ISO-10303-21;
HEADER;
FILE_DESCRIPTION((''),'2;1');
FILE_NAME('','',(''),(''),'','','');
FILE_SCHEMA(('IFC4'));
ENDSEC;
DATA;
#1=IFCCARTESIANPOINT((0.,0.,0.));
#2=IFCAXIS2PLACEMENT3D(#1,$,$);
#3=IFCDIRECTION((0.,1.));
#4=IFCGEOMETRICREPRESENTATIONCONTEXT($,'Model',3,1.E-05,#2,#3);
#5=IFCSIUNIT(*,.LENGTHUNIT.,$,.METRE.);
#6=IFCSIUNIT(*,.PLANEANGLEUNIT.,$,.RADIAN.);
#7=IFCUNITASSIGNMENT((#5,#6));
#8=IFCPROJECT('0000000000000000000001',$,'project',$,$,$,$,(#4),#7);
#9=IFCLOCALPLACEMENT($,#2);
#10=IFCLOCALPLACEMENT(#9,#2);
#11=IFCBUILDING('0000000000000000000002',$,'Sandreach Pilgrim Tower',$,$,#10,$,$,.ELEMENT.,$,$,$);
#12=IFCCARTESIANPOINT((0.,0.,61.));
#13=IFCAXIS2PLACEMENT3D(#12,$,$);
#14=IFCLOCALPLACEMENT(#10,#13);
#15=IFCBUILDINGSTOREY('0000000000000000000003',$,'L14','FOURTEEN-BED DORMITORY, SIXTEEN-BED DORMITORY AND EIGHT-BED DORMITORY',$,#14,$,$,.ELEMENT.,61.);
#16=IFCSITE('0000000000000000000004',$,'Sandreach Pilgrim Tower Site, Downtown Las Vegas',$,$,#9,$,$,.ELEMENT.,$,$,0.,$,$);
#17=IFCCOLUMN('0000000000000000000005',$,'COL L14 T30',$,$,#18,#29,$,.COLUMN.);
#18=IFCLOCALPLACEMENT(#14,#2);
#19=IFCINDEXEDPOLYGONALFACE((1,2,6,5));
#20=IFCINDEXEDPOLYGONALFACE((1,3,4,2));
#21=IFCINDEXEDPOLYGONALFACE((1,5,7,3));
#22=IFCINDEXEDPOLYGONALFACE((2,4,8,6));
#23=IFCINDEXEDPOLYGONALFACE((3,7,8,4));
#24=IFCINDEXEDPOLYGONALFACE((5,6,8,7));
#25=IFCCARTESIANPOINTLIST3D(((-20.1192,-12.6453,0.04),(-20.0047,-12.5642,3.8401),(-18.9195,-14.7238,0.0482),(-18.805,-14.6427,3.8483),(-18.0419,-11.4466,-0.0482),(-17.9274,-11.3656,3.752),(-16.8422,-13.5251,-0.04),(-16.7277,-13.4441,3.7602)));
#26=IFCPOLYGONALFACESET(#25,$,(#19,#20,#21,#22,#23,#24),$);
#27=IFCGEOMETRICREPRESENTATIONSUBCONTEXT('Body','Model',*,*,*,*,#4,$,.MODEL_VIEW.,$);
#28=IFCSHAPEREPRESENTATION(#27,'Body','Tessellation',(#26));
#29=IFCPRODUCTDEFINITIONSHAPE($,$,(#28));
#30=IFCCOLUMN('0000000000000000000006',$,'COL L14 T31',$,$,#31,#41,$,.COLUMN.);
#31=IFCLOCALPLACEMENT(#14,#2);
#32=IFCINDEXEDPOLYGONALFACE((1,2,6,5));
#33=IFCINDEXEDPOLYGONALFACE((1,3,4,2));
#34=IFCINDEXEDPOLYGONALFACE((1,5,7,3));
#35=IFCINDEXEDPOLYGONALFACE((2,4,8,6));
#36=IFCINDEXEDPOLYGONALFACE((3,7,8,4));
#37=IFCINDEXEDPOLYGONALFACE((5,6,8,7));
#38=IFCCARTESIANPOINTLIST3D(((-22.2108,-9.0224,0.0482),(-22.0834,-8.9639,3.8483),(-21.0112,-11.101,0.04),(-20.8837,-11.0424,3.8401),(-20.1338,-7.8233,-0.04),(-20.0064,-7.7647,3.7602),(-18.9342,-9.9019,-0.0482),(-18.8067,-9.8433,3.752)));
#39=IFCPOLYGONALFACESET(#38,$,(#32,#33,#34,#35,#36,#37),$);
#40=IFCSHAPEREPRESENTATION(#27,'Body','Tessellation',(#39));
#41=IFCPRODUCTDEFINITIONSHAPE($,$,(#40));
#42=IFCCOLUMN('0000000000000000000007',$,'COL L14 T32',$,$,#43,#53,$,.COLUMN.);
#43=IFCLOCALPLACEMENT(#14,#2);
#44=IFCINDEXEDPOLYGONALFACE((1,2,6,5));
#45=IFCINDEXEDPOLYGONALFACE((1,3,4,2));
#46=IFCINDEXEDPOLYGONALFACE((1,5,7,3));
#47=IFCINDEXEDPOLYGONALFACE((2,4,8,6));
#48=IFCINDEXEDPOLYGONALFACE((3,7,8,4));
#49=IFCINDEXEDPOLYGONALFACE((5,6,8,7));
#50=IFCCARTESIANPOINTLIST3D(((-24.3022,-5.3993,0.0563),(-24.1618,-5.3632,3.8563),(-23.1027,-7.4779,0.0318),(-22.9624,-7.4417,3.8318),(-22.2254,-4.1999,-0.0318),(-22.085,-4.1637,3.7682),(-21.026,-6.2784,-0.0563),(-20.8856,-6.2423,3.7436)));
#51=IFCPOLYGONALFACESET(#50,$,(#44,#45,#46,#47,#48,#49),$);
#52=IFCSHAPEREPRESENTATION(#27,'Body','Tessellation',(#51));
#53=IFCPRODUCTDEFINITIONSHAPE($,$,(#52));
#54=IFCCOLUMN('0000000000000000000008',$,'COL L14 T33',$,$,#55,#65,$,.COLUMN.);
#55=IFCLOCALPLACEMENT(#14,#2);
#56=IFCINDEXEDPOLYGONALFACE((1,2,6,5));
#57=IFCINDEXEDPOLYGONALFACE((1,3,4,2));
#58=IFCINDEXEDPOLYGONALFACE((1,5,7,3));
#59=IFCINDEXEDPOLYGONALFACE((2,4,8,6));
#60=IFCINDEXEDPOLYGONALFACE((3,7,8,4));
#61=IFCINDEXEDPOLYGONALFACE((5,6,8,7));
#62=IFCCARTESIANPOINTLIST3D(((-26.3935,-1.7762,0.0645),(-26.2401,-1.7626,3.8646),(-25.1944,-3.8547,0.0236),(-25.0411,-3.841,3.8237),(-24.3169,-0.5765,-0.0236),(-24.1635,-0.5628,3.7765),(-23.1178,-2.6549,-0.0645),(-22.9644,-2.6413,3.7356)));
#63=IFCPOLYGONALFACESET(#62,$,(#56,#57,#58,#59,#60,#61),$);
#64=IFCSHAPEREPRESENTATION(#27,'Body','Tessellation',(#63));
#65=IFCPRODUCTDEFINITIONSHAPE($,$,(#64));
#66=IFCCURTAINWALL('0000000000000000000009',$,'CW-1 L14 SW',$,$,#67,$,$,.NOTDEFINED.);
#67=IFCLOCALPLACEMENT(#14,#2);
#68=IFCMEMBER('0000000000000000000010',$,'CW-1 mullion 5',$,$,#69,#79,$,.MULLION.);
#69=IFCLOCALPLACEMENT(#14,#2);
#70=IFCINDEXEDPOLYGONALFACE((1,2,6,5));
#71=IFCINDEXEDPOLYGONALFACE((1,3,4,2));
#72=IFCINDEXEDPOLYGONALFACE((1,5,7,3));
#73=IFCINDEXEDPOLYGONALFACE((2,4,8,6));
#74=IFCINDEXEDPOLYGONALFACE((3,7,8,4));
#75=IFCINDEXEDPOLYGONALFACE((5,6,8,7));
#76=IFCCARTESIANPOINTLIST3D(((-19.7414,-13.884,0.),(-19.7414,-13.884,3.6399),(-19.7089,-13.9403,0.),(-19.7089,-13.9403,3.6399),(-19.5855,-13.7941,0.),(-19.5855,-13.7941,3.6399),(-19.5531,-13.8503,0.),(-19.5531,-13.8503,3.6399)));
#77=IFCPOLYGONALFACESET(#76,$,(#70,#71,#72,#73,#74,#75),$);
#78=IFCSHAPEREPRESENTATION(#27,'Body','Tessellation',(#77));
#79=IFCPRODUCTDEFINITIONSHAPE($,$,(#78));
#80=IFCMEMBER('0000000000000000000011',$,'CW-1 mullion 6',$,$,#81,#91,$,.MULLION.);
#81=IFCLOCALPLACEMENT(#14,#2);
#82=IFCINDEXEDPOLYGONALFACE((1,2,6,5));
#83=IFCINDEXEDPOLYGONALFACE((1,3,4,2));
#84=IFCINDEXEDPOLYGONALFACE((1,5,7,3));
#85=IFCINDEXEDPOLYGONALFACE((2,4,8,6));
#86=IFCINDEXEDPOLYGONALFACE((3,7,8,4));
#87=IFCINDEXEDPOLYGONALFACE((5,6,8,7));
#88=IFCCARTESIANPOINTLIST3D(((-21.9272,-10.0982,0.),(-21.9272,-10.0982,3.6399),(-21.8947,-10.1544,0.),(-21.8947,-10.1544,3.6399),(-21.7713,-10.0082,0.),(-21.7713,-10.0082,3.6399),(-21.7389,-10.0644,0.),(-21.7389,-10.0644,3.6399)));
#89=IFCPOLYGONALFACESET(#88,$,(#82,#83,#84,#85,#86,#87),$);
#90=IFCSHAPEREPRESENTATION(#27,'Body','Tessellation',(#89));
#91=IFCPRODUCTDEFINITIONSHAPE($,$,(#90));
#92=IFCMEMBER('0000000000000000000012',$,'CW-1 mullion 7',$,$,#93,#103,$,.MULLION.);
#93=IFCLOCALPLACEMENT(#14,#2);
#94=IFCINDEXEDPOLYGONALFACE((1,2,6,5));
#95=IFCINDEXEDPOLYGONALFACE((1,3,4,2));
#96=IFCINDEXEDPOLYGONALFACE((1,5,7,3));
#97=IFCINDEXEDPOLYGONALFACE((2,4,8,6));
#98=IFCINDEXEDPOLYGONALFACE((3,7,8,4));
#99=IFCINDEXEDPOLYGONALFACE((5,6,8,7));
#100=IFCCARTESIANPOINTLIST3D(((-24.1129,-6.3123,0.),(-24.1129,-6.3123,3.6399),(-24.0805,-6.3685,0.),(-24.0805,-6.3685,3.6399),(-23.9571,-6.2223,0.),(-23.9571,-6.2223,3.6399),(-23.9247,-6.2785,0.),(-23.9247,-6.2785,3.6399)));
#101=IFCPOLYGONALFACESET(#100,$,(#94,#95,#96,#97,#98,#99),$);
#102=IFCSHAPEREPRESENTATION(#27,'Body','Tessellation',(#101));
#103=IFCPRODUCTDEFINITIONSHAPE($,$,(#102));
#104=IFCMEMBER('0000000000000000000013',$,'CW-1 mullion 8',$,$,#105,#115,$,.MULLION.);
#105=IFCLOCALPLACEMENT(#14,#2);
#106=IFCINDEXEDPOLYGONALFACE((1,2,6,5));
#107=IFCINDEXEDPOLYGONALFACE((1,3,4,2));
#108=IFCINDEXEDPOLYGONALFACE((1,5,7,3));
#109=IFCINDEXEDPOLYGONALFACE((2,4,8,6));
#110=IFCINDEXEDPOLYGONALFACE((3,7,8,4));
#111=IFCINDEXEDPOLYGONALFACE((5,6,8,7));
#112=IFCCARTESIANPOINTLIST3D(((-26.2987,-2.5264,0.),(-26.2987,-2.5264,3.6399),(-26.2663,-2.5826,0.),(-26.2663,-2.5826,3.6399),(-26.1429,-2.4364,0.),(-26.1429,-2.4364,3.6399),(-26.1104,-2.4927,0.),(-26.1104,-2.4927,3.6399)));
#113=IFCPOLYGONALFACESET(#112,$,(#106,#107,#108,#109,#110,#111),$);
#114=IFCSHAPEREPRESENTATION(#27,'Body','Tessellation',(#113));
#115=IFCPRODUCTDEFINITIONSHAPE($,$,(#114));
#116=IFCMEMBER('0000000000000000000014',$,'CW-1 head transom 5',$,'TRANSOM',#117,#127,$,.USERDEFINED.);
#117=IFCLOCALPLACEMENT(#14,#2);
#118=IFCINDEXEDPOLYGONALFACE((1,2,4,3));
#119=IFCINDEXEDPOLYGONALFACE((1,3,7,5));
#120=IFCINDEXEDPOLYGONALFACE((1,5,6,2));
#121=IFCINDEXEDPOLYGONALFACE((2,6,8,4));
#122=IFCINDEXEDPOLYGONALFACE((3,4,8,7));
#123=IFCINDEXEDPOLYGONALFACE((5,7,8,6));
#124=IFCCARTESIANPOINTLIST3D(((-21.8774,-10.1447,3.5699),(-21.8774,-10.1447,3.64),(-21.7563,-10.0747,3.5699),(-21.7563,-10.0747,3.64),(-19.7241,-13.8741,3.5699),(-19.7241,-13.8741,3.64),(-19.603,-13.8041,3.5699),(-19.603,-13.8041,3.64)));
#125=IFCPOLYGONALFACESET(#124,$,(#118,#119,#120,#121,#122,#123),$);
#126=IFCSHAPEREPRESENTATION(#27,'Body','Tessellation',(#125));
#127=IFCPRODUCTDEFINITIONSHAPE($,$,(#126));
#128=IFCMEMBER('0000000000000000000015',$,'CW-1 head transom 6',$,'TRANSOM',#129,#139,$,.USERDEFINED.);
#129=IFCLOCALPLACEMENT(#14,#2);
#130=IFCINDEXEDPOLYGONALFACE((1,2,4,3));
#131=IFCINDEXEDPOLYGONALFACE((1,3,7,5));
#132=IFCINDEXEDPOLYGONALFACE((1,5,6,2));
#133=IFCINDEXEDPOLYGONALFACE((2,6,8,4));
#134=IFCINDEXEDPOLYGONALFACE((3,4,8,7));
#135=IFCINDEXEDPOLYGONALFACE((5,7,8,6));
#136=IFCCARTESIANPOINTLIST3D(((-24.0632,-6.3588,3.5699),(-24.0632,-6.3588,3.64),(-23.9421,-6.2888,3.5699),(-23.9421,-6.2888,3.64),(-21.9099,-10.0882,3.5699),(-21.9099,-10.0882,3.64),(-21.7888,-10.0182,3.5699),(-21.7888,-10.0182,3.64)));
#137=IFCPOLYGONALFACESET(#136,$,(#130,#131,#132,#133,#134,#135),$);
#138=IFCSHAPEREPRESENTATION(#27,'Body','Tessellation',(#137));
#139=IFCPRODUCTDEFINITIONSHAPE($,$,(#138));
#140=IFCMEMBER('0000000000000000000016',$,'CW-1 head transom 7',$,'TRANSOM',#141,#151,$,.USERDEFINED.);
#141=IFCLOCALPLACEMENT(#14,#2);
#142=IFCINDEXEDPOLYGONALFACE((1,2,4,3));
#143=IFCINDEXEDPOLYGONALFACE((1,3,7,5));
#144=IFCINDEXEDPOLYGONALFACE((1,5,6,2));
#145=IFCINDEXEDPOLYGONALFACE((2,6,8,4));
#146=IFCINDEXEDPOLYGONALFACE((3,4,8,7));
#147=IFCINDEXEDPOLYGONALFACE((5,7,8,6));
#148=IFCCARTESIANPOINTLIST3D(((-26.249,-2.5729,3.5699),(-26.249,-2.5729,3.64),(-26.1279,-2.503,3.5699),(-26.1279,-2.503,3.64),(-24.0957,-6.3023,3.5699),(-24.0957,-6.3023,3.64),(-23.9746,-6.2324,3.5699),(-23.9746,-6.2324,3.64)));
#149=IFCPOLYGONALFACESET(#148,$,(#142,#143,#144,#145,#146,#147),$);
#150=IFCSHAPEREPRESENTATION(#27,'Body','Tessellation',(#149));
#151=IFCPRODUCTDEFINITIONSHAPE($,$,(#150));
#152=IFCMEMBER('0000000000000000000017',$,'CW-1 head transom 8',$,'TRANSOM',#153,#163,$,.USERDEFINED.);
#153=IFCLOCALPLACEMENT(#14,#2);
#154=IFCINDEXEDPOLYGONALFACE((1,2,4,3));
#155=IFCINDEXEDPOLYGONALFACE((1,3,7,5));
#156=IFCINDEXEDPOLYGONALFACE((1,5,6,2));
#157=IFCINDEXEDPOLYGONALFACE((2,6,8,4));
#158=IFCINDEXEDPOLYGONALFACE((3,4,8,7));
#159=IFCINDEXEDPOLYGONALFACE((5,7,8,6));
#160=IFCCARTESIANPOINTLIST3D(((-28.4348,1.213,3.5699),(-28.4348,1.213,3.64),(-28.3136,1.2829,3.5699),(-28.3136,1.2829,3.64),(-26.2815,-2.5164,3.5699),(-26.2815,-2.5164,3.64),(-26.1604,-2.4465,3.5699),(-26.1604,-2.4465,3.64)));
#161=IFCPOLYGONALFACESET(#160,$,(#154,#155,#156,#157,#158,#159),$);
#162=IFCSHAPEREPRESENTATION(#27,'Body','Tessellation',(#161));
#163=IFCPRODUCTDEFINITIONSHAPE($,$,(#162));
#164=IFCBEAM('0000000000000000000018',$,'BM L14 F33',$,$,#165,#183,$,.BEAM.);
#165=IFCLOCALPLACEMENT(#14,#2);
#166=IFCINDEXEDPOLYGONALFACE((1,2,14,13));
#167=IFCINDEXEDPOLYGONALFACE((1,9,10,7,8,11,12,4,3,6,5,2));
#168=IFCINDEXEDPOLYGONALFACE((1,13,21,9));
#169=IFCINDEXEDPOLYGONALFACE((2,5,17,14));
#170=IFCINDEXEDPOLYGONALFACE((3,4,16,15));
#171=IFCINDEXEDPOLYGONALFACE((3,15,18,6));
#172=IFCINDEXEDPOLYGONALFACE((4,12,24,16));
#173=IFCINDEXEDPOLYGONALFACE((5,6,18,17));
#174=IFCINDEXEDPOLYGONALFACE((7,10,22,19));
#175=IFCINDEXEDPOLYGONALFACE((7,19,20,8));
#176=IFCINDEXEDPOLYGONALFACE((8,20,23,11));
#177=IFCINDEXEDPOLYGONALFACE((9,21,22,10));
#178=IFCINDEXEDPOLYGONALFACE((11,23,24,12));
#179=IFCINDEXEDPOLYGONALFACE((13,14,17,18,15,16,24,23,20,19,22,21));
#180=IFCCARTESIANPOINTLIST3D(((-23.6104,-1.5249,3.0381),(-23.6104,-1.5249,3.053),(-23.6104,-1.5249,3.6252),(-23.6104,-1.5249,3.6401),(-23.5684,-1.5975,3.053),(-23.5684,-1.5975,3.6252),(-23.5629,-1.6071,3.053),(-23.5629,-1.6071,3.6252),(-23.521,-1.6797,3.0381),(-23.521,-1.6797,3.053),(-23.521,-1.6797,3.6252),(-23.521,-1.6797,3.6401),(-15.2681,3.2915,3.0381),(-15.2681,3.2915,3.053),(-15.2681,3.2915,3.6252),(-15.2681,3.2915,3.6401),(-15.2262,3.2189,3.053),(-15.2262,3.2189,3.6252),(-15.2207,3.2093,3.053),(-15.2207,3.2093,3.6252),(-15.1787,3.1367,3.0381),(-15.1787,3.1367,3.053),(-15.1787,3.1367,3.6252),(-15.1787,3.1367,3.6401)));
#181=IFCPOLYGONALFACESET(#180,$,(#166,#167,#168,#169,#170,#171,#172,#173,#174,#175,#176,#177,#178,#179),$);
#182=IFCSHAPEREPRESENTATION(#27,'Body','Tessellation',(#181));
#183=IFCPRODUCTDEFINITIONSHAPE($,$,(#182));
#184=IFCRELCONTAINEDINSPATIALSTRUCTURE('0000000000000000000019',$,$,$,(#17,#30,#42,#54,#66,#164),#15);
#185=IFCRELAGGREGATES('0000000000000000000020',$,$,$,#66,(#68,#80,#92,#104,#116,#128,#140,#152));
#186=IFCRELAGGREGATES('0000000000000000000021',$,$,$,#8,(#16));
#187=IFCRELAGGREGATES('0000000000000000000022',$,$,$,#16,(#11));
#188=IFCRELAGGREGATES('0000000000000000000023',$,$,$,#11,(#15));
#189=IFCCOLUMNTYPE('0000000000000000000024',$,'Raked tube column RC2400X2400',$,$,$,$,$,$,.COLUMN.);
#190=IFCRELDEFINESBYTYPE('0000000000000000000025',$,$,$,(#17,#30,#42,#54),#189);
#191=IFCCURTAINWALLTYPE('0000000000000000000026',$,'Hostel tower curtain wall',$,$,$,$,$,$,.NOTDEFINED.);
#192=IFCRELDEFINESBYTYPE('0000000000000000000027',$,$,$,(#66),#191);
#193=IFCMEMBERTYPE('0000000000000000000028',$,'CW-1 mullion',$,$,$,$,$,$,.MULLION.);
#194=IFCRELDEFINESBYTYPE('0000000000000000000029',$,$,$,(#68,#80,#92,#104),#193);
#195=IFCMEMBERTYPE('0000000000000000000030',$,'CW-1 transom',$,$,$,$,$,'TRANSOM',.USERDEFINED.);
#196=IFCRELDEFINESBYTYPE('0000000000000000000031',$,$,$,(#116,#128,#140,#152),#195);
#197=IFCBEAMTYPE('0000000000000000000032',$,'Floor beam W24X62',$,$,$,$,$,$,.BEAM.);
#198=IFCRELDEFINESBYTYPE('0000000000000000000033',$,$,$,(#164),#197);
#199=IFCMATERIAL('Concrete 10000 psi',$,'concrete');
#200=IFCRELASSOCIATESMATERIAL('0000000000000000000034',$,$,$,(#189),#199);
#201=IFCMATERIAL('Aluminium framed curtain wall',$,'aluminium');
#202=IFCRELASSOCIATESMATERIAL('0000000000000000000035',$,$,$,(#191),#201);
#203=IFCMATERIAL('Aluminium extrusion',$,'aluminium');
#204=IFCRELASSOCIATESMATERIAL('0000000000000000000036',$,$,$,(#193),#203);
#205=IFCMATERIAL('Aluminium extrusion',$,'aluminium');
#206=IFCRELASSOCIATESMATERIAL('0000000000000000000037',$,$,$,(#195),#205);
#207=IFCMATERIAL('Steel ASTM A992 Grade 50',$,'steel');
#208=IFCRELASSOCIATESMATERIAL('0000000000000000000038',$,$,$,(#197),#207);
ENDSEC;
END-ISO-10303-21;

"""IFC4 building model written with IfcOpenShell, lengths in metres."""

from ifc_helpers import new_model, si_unit, direction, frame, origin, origin_2d, place, context, subcontext, project, spatial, rectangle, i_section, extrude, material, material_profile, profile_set, type_object, element, aggregate, save


model = new_model("IFC4")

# Units and contexts
model_context = context("Model", 3, precision=1e-05, world=origin(), true_north=direction((0.0, 1.0)))
body_context = subcontext(model_context, "Body", "Model", "MODEL_VIEW")
ifc_project = project(units=[si_unit("LENGTHUNIT", "METRE"), si_unit("PLANEANGLEUNIT", "RADIAN")], contexts=[model_context])

# Site, building, storey
site_placement = place(None, origin())
site = spatial("IfcSite", under=ifc_project, at=site_placement, Name="Sandreach Pilgrim Tower Site, Downtown Las Vegas", CompositionType="ELEMENT", RefElevation=0.0)
building_placement = place(site_placement, origin())
building = spatial("IfcBuilding", under=site, at=building_placement, Name="Sandreach Pilgrim Tower", CompositionType="ELEMENT")
storey_placement = place(building_placement, frame((0.0, 0.0, 61.0)))
storey = spatial("IfcBuildingStorey", under=building, at=storey_placement, Name="L14", Description="FOURTEEN-BED DORMITORY, SIXTEEN-BED DORMITORY AND EIGHT-BED DORMITORY", CompositionType="ELEMENT", Elevation=61.0)

# Columns
ifc_material_1 = material(Name="Concrete 10000 psi", Category="concrete")
ifc_material_profile_1 = material_profile(ifc_material_1, rectangle(XDim=2.3999, YDim=2.3999, at=origin_2d()), Name="RC2400X2400")
ifc_profile_set_1 = profile_set([ifc_material_profile_1], Name="Concrete 10000 psi")
column_type = type_object("IfcColumnType", Name="Raked tube column RC2400X2400", PredefinedType="COLUMN", material=ifc_profile_set_1)
for number, where, z_axis, x_axis, name in (
    (1, (-18.4807, -13.0852, 0.0), (0.030111, 0.021315, 0.999319), (-0.865558, -0.49946, 0.036734), "COL L14 T30"),
    (2, (-20.5725, -9.4622, 0.0), (0.033514, 0.015409, 0.999319), (-0.865448, -0.499651, 0.036729), "COL L14 T31"),
    (3, (-22.6641, -5.8389, 0.0), (0.036915, 0.009502, 0.999273), (-0.865363, -0.499798, 0.03672), "COL L14 T32"),
):
    element("IfcColumn", number, at=place(storey_placement, frame(where, z_axis=z_axis, x_axis=x_axis)), inside=storey, type_object=column_type, Name=name, PredefinedType="COLUMN", context=body_context, shape_type="SweptSolid", body=[
        extrude(rectangle(XDim=2.3999, YDim=2.3999, at=origin_2d()), origin(), (0.0, 0.0, 1.0), 3.8027),
    ])
column_placement = place(storey_placement, frame((-24.7556, -2.2156, 0.0), z_axis=(0.040314, 0.003595, 0.999181), x_axis=(-0.865292, -0.499922, 0.036711)))
element("IfcColumn", 4, at=column_placement, inside=storey, type_object=column_type, Name="COL L14 T33", PredefinedType="COLUMN", context=body_context, shape_type="SweptSolid", body=[
    extrude(rectangle(XDim=2.3999, YDim=2.3999, at=origin_2d()), origin(), (0.0, 0.0, 1.0), 3.8032),
])

# Curtain wall, members
ifc_material_2 = material(Name="Aluminium framed curtain wall", Category="aluminium")
curtain_wall_type = type_object("IfcCurtainWallType", Name="Hostel tower curtain wall", PredefinedType="NOTDEFINED", material=ifc_material_2)
curtain_wall_placement = place(storey_placement, origin())
curtain_wall = element("IfcCurtainWall", 5, at=curtain_wall_placement, inside=storey, type_object=curtain_wall_type, Name="CW-1 L14 SW", PredefinedType="NOTDEFINED")
ifc_material_3 = material(Name="Aluminium extrusion", Category="aluminium")
ifc_material_profile_2 = material_profile(ifc_material_3, rectangle(XDim=0.0649, YDim=0.1799, at=origin_2d()), Name="CW-1M 65X180")
ifc_profile_set_2 = profile_set([ifc_material_profile_2], Name="Aluminium extrusion")
member_type_1 = type_object("IfcMemberType", Name="CW-1 mullion", PredefinedType="MULLION", material=ifc_profile_set_2)
member_1_placement = place(storey_placement, frame((-19.6472, -13.8672, 0.0), z_axis=(0.0, 0.0, 1.0), x_axis=(-0.5, 0.866025, 0.0)))
member_1 = element("IfcMember", 6, at=member_1_placement, type_object=member_type_1, Name="CW-1 mullion 5", PredefinedType="MULLION", context=body_context, shape_type="SweptSolid", body=[
    extrude(rectangle(XDim=0.0649, YDim=0.1799, at=origin_2d()), origin(), (0.0, 0.0, 1.0), 3.6399),
])
member_2_placement = place(storey_placement, frame((-21.833, -10.0813, 0.0), z_axis=(0.0, 0.0, 1.0), x_axis=(-0.5, 0.866025, 0.0)))
member_2 = element("IfcMember", 7, at=member_2_placement, type_object=member_type_1, Name="CW-1 mullion 6", PredefinedType="MULLION", context=body_context, shape_type="SweptSolid", body=[
    extrude(rectangle(XDim=0.0649, YDim=0.1799, at=origin_2d()), origin(), (0.0, 0.0, 1.0), 3.6399),
])
member_3_placement = place(storey_placement, frame((-24.0188, -6.2954, 0.0), z_axis=(0.0, 0.0, 1.0), x_axis=(-0.5, 0.866025, 0.0)))
member_3 = element("IfcMember", 8, at=member_3_placement, type_object=member_type_1, Name="CW-1 mullion 7", PredefinedType="MULLION", context=body_context, shape_type="SweptSolid", body=[
    extrude(rectangle(XDim=0.0649, YDim=0.1799, at=origin_2d()), origin(), (0.0, 0.0, 1.0), 3.6399),
])
member_4_placement = place(storey_placement, frame((-26.2046, -2.5095, 0.0), z_axis=(0.0, 0.0, 1.0), x_axis=(-0.5, 0.866025, 0.0)))
member_4 = element("IfcMember", 9, at=member_4_placement, type_object=member_type_1, Name="CW-1 mullion 8", PredefinedType="MULLION", context=body_context, shape_type="SweptSolid", body=[
    extrude(rectangle(XDim=0.0649, YDim=0.1799, at=origin_2d()), origin(), (0.0, 0.0, 1.0), 3.6399),
])
ifc_material_4 = material(Name="Aluminium extrusion", Category="aluminium")
ifc_material_profile_3 = material_profile(ifc_material_4, rectangle(XDim=0.1399, YDim=0.0701, at=origin_2d()), Name="CW-1T 140X70")
ifc_profile_set_3 = profile_set([ifc_material_profile_3], Name="Aluminium extrusion")
member_type_2 = type_object("IfcMemberType", Name="CW-1 transom", ElementType="TRANSOM", PredefinedType="USERDEFINED", material=ifc_profile_set_3)
member_5_placement = place(storey_placement, frame((-19.6636, -13.8391, 3.605), z_axis=(-0.500017, 0.866016, 0.0), x_axis=(-0.866016, -0.500017, 0.0)))
member_5 = element("IfcMember", 10, at=member_5_placement, type_object=member_type_2, Name="CW-1 head transom 5", ObjectType="TRANSOM", PredefinedType="USERDEFINED", context=body_context, shape_type="SweptSolid", body=[
    extrude(rectangle(XDim=0.1399, YDim=0.0701, at=origin_2d()), origin(), (0.0, 0.0, 1.0), 4.3064),
])
member_6_placement = place(storey_placement, frame((-21.8494, -10.0532, 3.605), z_axis=(-0.500017, 0.866016, 0.0), x_axis=(-0.866016, -0.500017, 0.0)))
member_6 = element("IfcMember", 11, at=member_6_placement, type_object=member_type_2, Name="CW-1 head transom 6", ObjectType="TRANSOM", PredefinedType="USERDEFINED", context=body_context, shape_type="SweptSolid", body=[
    extrude(rectangle(XDim=0.1399, YDim=0.0701, at=origin_2d()), origin(), (0.0, 0.0, 1.0), 4.3064),
])
member_7_placement = place(storey_placement, frame((-24.0352, -6.2673, 3.605), z_axis=(-0.500017, 0.866016, 0.0), x_axis=(-0.866016, -0.500017, 0.0)))
member_7 = element("IfcMember", 12, at=member_7_placement, type_object=member_type_2, Name="CW-1 head transom 7", ObjectType="TRANSOM", PredefinedType="USERDEFINED", context=body_context, shape_type="SweptSolid", body=[
    extrude(rectangle(XDim=0.1399, YDim=0.0701, at=origin_2d()), origin(), (0.0, 0.0, 1.0), 4.3064),
])
member_8_placement = place(storey_placement, frame((-26.2209, -2.4814, 3.605), z_axis=(-0.500017, 0.866016, 0.0), x_axis=(-0.866016, -0.500017, 0.0)))
member_8 = element("IfcMember", 13, at=member_8_placement, type_object=member_type_2, Name="CW-1 head transom 8", ObjectType="TRANSOM", PredefinedType="USERDEFINED", context=body_context, shape_type="SweptSolid", body=[
    extrude(rectangle(XDim=0.1399, YDim=0.0701, at=origin_2d()), origin(), (0.0, 0.0, 1.0), 4.3064),
])

# Beam
ifc_material_5 = material(Name="Steel ASTM A992 Grade 50", Category="steel")
ifc_material_profile_4 = material_profile(ifc_material_5, i_section(OverallWidth=0.1787, OverallDepth=0.6021, WebThickness=0.011, FlangeThickness=0.0149, at=origin_2d()), Name="W24X62")
ifc_profile_set_4 = profile_set([ifc_material_profile_4], Name="Steel ASTM A992 Grade 50")
beam_type_1 = type_object("IfcBeamType", Name="Floor beam W24X62", PredefinedType="BEAM", material=ifc_profile_set_4)
beam_1_placement = place(storey_placement, frame((-23.5657, -1.6023, 3.3391), z_axis=(0.866026, 0.499999, 0.0), x_axis=(-0.499999, 0.866026, 0.0)))
element("IfcBeam", 14, at=beam_1_placement, inside=storey, type_object=beam_type_1, Name="BM L14 F33", PredefinedType="BEAM", context=body_context, shape_type="SweptSolid", body=[
    extrude(i_section(OverallWidth=0.1787, OverallDepth=0.6021, WebThickness=0.011, FlangeThickness=0.0149, at=origin_2d()), origin(), (0.0, 0.0, 1.0), 9.6328),
])

aggregate(curtain_wall, [member_1, member_2, member_3, member_4, member_5, member_6, member_7, member_8])

save(model, "model.ifc")
